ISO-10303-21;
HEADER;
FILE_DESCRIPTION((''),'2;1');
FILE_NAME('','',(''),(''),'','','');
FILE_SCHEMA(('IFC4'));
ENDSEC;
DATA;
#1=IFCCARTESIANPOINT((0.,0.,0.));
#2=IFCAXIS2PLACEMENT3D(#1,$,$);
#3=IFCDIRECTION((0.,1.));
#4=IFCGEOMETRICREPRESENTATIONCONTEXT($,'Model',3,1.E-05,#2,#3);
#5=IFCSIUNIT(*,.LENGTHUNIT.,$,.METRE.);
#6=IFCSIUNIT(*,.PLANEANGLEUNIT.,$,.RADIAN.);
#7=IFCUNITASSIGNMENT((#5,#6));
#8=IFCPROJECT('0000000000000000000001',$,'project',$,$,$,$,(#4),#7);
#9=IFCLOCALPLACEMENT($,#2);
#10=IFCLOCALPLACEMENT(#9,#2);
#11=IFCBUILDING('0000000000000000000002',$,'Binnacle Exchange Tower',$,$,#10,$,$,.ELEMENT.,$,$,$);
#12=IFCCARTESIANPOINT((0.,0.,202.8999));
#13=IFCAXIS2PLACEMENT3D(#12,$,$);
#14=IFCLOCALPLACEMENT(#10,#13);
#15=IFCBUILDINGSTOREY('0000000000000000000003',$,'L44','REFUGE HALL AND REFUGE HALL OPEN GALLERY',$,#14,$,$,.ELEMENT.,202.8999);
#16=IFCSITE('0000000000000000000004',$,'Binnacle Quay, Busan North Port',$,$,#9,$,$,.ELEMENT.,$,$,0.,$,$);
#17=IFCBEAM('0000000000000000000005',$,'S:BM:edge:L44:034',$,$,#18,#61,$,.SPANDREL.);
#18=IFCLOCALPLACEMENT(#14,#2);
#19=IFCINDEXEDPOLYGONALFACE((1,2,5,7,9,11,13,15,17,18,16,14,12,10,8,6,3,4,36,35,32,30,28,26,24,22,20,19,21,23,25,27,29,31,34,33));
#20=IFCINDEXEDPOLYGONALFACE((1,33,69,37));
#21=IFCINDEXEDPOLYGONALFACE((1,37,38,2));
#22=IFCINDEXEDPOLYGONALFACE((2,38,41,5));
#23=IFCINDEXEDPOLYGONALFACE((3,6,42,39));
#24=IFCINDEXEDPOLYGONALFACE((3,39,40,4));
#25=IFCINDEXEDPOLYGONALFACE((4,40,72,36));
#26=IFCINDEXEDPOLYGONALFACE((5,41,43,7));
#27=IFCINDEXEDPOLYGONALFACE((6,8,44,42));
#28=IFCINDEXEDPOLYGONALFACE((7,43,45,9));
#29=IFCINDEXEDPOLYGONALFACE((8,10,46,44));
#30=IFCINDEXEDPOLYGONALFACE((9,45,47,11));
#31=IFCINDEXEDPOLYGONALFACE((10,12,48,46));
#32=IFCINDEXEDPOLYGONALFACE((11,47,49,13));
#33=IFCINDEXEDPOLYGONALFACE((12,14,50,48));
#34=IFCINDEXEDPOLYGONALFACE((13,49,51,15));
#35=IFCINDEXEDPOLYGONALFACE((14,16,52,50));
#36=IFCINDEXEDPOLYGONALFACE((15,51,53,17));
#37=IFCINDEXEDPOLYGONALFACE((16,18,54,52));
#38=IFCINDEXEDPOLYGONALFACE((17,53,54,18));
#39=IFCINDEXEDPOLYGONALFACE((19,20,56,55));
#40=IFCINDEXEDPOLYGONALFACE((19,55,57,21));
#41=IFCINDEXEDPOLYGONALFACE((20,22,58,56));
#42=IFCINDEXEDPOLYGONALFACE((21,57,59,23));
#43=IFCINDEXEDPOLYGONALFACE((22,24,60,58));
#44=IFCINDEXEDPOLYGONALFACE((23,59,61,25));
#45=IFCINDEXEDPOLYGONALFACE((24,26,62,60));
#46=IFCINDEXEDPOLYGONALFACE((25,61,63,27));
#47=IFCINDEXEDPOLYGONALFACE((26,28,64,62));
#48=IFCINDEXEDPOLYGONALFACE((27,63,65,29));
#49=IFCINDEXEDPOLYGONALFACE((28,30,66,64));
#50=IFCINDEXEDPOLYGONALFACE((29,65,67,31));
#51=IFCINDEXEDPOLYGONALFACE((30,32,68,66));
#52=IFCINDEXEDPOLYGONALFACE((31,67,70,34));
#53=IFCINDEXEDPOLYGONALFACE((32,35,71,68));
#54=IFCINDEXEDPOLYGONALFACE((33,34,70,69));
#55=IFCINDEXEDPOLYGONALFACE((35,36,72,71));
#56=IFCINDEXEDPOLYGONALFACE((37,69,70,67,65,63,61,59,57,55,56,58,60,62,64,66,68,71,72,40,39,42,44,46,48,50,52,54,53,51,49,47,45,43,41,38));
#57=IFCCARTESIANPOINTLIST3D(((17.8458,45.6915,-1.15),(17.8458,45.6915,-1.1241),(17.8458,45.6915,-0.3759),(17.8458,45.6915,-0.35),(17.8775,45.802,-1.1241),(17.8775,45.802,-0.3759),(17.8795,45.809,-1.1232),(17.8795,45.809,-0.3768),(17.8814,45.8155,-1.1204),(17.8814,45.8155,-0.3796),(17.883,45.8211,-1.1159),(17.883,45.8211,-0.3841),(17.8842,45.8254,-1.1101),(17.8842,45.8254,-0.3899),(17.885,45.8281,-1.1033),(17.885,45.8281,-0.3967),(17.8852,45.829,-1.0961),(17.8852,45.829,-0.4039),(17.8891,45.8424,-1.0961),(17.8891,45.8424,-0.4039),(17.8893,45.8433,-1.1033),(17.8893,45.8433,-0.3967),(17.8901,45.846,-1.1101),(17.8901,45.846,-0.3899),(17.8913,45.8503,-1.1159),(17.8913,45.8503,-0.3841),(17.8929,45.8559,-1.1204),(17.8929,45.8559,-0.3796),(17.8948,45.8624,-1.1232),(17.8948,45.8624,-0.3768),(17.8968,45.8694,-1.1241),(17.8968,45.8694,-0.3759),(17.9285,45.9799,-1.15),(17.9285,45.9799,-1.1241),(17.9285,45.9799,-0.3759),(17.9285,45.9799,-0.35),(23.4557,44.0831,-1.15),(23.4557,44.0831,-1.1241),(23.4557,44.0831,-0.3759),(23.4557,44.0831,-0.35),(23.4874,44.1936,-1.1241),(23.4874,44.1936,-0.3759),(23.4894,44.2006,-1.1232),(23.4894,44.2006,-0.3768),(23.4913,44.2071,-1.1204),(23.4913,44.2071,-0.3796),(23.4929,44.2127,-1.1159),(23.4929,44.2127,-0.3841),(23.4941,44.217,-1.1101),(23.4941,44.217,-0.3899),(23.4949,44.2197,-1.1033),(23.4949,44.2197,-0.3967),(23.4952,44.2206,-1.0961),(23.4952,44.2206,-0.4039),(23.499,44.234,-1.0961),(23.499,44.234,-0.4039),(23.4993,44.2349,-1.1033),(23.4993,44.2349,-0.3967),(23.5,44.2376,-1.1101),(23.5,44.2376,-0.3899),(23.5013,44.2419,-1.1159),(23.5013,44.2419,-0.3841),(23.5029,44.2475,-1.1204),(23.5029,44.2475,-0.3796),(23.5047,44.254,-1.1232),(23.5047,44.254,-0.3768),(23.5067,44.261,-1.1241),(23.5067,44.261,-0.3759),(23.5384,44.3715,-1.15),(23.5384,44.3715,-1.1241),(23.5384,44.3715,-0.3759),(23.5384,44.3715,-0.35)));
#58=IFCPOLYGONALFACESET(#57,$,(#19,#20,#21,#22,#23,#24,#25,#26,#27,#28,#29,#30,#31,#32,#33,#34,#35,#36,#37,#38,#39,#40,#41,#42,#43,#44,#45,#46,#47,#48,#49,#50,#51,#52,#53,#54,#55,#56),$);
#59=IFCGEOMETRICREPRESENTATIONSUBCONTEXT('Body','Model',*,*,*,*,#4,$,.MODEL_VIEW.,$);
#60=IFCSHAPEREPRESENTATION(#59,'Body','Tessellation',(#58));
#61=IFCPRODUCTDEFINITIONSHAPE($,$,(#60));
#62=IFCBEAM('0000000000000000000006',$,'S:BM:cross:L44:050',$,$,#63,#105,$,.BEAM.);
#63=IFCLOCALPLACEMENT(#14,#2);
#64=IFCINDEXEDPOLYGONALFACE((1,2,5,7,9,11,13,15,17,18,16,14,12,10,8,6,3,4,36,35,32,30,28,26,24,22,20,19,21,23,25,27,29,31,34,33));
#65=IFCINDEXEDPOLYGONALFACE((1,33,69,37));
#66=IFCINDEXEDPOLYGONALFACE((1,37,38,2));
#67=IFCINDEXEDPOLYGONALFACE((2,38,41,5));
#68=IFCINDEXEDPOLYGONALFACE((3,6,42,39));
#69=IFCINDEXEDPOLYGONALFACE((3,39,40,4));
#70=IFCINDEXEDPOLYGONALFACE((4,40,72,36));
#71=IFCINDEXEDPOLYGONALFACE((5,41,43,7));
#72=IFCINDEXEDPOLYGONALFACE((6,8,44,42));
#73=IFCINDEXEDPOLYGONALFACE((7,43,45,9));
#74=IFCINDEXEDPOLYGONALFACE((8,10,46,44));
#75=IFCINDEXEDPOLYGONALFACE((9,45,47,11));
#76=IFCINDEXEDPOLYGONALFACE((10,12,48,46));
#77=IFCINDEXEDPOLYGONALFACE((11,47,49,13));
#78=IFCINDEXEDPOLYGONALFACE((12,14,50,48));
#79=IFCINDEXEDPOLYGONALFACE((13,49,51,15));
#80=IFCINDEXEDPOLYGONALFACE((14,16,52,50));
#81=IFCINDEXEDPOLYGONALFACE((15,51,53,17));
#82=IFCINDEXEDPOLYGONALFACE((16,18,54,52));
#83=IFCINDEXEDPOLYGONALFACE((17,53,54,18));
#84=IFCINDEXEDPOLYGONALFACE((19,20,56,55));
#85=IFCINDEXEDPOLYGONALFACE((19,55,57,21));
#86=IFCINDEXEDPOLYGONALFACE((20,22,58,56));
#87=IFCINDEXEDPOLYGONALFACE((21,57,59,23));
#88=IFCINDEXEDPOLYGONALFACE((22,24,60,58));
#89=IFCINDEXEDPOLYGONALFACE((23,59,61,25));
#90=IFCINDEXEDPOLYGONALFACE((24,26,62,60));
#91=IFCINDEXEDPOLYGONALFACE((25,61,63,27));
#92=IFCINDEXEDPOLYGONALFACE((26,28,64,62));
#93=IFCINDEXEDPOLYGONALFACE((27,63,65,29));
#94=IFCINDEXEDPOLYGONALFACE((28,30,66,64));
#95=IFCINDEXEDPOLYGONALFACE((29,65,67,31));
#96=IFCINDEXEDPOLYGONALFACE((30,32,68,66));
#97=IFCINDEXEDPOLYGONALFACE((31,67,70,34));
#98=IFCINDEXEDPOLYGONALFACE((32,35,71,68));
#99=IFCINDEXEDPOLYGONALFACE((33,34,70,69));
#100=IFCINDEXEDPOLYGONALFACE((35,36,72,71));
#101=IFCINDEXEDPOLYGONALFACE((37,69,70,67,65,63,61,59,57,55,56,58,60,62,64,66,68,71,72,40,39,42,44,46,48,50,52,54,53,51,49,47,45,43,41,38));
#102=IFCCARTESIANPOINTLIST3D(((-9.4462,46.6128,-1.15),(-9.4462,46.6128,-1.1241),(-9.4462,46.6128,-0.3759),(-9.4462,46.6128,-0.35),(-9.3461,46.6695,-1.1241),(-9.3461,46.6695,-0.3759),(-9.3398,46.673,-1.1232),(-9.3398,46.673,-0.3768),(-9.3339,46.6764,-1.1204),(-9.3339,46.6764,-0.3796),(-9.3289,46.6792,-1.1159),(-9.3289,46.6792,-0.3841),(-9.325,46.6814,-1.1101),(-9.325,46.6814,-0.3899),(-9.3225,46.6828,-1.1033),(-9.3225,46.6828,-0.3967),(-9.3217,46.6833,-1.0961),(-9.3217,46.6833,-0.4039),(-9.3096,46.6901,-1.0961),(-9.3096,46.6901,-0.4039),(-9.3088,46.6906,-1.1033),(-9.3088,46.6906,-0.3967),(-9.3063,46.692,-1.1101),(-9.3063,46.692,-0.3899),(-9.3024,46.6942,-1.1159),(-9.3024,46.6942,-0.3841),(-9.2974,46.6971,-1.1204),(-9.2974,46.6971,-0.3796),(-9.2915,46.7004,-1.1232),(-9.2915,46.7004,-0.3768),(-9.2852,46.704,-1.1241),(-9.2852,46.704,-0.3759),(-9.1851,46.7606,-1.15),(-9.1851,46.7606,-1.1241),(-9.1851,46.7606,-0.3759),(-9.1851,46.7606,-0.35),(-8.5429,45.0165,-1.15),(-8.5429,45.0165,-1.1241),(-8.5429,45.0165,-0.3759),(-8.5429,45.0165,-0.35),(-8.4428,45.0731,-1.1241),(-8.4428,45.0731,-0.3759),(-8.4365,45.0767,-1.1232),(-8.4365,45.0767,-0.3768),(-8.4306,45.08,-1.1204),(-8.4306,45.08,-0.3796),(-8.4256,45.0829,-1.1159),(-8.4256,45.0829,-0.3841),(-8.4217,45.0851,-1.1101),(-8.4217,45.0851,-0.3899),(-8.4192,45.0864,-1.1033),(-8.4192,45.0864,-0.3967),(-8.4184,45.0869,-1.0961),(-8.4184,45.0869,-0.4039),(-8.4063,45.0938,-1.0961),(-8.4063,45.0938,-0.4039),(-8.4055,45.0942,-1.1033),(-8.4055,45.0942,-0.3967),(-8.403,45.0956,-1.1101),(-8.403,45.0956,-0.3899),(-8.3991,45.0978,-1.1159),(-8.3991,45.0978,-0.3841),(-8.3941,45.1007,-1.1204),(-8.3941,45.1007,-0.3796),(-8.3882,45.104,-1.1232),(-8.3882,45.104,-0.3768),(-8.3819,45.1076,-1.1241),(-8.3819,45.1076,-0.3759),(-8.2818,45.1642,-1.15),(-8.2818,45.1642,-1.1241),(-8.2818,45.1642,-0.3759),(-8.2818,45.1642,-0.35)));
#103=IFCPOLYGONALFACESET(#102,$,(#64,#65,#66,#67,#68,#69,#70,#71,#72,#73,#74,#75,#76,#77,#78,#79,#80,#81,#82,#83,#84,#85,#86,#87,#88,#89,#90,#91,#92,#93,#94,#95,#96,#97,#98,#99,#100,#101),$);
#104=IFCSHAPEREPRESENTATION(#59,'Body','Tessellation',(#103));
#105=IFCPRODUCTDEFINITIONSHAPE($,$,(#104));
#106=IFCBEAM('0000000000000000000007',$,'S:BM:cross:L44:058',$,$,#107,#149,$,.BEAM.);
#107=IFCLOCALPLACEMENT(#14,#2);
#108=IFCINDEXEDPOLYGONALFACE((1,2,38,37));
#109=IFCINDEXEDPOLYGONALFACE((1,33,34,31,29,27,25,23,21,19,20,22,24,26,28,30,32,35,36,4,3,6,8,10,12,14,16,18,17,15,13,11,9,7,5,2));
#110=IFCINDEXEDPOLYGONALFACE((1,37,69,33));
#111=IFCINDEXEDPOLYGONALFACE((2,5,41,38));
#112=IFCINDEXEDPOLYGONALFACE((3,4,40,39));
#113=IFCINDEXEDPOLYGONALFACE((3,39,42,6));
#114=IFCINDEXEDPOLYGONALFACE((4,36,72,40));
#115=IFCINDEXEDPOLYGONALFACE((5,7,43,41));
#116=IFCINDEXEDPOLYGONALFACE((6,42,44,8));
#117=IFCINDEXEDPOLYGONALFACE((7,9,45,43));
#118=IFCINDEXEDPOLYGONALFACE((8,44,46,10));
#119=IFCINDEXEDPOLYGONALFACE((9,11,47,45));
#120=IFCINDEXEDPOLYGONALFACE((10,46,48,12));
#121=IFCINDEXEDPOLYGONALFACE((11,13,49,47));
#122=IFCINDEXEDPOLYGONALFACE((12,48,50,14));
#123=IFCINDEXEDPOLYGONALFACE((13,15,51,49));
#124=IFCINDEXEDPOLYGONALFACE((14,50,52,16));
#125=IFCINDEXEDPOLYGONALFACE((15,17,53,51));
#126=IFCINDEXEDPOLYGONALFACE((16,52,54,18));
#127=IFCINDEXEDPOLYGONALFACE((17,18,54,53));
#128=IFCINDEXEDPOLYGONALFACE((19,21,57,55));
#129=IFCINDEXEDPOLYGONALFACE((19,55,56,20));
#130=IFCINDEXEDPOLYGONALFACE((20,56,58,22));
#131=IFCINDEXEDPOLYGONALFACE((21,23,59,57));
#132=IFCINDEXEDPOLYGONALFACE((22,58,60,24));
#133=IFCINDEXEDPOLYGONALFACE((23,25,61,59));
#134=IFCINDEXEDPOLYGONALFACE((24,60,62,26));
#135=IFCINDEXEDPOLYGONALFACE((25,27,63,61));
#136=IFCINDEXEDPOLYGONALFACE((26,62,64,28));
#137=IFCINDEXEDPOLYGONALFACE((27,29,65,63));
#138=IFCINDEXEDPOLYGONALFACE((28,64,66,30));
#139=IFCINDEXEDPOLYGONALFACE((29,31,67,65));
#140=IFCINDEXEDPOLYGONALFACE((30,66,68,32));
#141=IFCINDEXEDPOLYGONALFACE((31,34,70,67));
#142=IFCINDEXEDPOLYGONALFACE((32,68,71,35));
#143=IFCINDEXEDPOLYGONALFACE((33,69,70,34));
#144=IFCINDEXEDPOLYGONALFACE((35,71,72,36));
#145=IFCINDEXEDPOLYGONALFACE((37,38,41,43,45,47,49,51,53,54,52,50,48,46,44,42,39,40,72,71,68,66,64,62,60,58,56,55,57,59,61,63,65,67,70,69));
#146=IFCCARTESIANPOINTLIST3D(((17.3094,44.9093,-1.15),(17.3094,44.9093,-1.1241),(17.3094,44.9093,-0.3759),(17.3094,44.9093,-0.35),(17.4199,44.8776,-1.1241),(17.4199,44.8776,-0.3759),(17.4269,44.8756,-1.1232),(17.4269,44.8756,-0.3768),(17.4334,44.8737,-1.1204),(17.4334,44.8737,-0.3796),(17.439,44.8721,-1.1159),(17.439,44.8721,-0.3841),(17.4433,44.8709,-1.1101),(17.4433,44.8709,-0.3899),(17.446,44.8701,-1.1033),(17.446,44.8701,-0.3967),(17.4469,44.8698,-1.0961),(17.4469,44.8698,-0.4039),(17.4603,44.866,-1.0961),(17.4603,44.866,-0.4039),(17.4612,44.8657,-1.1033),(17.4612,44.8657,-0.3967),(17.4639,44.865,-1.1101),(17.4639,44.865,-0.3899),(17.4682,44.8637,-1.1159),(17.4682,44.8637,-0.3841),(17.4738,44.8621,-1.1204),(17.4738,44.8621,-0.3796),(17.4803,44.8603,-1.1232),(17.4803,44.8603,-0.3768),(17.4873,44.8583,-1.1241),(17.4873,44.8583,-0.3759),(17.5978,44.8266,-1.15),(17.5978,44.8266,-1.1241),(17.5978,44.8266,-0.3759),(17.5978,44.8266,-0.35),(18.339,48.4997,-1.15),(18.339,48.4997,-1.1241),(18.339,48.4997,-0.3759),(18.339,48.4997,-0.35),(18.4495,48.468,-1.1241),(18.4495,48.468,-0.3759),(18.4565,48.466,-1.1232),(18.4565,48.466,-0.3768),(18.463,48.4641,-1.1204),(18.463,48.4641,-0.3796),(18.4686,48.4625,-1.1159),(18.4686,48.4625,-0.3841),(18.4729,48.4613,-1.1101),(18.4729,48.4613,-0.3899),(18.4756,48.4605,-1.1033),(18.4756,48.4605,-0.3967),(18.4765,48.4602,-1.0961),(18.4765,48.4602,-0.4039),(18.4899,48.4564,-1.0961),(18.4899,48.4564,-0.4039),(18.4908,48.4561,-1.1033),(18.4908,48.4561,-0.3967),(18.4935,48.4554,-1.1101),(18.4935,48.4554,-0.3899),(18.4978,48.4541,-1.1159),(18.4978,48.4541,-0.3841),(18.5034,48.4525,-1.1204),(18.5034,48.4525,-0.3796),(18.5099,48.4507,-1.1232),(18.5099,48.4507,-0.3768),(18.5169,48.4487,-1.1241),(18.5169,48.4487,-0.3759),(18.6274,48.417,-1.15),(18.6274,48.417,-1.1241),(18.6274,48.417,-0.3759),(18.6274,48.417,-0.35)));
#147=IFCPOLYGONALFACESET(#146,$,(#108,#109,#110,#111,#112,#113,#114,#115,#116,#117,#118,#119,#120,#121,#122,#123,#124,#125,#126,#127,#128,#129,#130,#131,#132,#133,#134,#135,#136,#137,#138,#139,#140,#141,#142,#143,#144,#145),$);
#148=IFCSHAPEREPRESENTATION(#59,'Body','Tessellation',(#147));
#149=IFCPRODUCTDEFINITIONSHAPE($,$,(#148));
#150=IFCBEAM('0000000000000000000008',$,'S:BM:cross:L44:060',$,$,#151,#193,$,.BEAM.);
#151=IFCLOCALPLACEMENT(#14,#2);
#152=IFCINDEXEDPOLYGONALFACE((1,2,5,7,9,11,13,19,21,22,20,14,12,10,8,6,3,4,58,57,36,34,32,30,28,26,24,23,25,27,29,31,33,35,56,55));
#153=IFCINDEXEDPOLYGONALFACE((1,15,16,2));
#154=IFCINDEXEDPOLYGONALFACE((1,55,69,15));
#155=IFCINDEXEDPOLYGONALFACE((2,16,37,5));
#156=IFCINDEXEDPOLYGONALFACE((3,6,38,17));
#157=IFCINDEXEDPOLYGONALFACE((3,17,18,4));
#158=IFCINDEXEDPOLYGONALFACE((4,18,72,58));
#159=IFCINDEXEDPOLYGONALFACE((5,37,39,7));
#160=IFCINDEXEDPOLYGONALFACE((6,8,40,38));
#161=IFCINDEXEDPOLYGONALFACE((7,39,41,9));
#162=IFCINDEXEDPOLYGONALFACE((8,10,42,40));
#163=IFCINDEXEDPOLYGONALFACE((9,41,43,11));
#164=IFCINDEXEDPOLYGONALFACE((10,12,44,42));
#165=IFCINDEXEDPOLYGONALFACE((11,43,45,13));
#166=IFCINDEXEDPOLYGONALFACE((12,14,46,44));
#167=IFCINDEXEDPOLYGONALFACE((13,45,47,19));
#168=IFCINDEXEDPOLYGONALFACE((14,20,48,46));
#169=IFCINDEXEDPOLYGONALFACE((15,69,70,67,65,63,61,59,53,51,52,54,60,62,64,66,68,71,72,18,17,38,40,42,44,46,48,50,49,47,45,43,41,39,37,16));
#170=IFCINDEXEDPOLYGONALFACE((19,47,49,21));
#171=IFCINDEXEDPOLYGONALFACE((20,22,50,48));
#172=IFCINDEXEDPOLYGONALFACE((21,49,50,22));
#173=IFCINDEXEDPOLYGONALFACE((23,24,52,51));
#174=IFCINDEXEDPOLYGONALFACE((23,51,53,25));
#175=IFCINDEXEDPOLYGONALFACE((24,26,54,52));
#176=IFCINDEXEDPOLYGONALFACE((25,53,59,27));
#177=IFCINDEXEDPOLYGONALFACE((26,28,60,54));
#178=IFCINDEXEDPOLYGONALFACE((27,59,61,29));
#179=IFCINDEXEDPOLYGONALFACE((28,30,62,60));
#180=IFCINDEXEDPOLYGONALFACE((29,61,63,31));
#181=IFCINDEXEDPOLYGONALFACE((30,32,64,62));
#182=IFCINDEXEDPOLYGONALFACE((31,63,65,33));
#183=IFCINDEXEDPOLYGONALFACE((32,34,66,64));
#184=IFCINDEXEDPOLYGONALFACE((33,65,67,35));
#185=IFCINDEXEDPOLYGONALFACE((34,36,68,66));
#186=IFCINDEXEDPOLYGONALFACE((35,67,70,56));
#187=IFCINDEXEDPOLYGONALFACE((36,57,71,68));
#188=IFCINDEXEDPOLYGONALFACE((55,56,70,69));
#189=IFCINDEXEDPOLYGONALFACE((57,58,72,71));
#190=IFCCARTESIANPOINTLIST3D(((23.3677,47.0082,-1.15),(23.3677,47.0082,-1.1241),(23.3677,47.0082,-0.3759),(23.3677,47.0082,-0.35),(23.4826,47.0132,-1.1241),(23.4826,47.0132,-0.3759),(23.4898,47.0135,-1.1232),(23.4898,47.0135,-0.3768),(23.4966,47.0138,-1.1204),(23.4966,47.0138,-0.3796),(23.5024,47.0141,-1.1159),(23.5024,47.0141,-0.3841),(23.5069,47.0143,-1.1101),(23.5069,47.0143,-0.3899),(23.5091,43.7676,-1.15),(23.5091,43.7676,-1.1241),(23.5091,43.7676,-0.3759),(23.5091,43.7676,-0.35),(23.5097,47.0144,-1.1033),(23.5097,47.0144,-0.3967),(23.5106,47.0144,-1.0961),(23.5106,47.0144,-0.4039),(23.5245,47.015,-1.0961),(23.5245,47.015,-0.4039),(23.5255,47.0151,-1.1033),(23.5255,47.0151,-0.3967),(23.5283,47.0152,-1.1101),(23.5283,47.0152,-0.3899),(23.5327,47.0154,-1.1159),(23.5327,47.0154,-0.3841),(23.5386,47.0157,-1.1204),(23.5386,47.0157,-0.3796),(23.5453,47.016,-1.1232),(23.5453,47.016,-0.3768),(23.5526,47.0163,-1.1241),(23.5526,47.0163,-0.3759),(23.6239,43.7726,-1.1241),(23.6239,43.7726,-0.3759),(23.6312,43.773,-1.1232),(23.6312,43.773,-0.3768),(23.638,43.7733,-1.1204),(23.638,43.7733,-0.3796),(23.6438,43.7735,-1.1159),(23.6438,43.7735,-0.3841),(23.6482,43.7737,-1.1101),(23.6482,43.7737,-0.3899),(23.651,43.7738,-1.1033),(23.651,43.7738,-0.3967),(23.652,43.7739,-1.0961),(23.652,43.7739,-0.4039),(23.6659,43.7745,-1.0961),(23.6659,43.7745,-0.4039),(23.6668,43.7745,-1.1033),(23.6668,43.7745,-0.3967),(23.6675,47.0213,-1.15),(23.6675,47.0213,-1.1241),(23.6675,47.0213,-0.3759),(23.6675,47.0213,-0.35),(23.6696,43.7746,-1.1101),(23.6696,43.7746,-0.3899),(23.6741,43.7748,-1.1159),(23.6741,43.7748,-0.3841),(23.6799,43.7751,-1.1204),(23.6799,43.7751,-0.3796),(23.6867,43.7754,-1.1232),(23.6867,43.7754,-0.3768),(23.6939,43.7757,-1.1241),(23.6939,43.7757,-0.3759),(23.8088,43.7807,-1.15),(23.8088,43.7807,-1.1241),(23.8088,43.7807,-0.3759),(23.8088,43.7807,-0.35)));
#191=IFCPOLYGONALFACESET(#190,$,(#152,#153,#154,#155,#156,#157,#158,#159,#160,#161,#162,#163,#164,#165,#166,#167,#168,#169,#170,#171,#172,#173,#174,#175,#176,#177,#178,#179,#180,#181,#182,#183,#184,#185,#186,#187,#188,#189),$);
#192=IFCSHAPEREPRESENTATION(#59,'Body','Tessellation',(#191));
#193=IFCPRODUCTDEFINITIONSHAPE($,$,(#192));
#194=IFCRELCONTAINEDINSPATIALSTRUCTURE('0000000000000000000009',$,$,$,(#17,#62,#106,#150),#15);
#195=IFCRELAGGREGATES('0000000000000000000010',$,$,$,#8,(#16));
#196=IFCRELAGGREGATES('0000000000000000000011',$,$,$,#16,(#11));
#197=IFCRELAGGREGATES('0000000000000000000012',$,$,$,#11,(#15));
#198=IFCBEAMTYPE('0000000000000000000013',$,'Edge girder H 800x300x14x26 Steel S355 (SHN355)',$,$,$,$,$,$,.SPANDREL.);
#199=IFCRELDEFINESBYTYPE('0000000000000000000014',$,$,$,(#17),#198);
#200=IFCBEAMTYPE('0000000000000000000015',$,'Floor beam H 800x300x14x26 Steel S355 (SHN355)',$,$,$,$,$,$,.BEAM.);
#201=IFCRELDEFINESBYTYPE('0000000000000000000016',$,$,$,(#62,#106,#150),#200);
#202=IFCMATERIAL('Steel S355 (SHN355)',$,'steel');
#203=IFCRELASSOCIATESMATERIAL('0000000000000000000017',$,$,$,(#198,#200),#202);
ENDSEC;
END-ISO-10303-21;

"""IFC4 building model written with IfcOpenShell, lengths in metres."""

from ifc_helpers import new_model, si_unit, direction, frame, origin, origin_2d, place, context, subcontext, project, spatial, i_section, extrude, material, material_profile, profile_set, type_object, element, save


model = new_model("IFC4")

# Units and contexts
model_context = context("Model", 3, precision=1e-05, world=origin(), true_north=direction((0.0, 1.0)))
body_context = subcontext(model_context, "Body", "Model", "MODEL_VIEW")
ifc_project = project(units=[si_unit("LENGTHUNIT", "METRE"), si_unit("PLANEANGLEUNIT", "RADIAN")], contexts=[model_context])

# Site, building, storey
site_placement = place(None, origin())
site = spatial("IfcSite", under=ifc_project, at=site_placement, Name="Binnacle Quay, Busan North Port", CompositionType="ELEMENT", RefElevation=0.0)
building_placement = place(site_placement, origin())
building = spatial("IfcBuilding", under=site, at=building_placement, Name="Binnacle Exchange Tower", CompositionType="ELEMENT")
storey_placement = place(building_placement, frame((0.0, 0.0, 202.8999)))
storey = spatial("IfcBuildingStorey", under=building, at=storey_placement, Name="L44", Description="REFUGE HALL AND REFUGE HALL OPEN GALLERY", CompositionType="ELEMENT", Elevation=202.8999)

# Beams
ifc_material_1 = material(Name="Steel S355 (SHN355)", Category="steel")
ifc_material_profile_1 = material_profile(ifc_material_1, i_section(OverallWidth=0.3, OverallDepth=0.8, WebThickness=0.0139, FlangeThickness=0.0259, FilletRadius=0.0281, at=origin_2d()), Name="H 800x300x14x26")
ifc_profile_set_1 = profile_set([ifc_material_profile_1], Name="Steel S355 (SHN355)")
beam_type_1 = type_object("IfcBeamType", Name="Edge girder H 800x300x14x26 Steel S355 (SHN355)", PredefinedType="SPANDREL", material=ifc_profile_set_1)
beam_1_placement = place(storey_placement, frame((23.4971, 44.2273, -0.75), z_axis=(-0.961271, 0.275605, 0.0), x_axis=(-0.275605, -0.961271, 0.0)))
element("IfcBeam", 1, at=beam_1_placement, inside=storey, type_object=beam_type_1, Name="S:BM:edge:L44:034", PredefinedType="SPANDREL", context=body_context, shape_type="SweptSolid", body=[
    extrude(i_section(OverallWidth=0.3, OverallDepth=0.8, WebThickness=0.0139, FlangeThickness=0.0259, FilletRadius=0.0281, at=origin_2d()), origin(), (0.0, 0.0, 1.0), 5.8359),
])
ifc_material_profile_2 = material_profile(ifc_material_1, i_section(OverallWidth=0.3, OverallDepth=0.8, WebThickness=0.0139, FlangeThickness=0.0259, FilletRadius=0.0281, at=origin_2d()), Name="H 800x300x14x26")
ifc_profile_set_2 = profile_set([ifc_material_profile_2], Name="Steel S355 (SHN355)")
beam_type_2 = type_object("IfcBeamType", Name="Floor beam H 800x300x14x26 Steel S355 (SHN355)", PredefinedType="BEAM", material=ifc_profile_set_2)
beam_2_placement = place(storey_placement, frame((-8.4124, 45.0903, -0.75), z_axis=(-0.492465, 0.870332, 0.0), x_axis=(-0.870332, -0.492465, 0.0)))
element("IfcBeam", 2, at=beam_2_placement, inside=storey, type_object=beam_type_2, Name="S:BM:cross:L44:050", PredefinedType="BEAM", context=body_context, shape_type="SweptSolid", body=[
    extrude(i_section(OverallWidth=0.3, OverallDepth=0.8, WebThickness=0.0139, FlangeThickness=0.0259, FilletRadius=0.0281, at=origin_2d()), origin(), (0.0, 0.0, 1.0), 1.8342),
])
beam_3_placement = place(storey_placement, frame((17.4536, 44.8679, -0.75), z_axis=(0.275645, 0.96126, 0.0), x_axis=(-0.96126, 0.275645, 0.0)))
element("IfcBeam", 3, at=beam_3_placement, inside=storey, type_object=beam_type_2, Name="S:BM:cross:L44:058", PredefinedType="BEAM", context=body_context, shape_type="SweptSolid", body=[
    extrude(i_section(OverallWidth=0.3, OverallDepth=0.8, WebThickness=0.0139, FlangeThickness=0.0259, FilletRadius=0.0281, at=origin_2d()), origin(), (0.0, 0.0, 1.0), 3.7351),
])
beam_4_placement = place(storey_placement, frame((23.6589, 43.7742, -0.75), z_axis=(-0.043581, 0.99905, 0.0), x_axis=(-0.99905, -0.043581, 0.0)))
element("IfcBeam", 4, at=beam_4_placement, inside=storey, type_object=beam_type_2, Name="S:BM:cross:L44:060", PredefinedType="BEAM", context=body_context, shape_type="SweptSolid", body=[
    extrude(i_section(OverallWidth=0.3, OverallDepth=0.8, WebThickness=0.0139, FlangeThickness=0.0259, FilletRadius=0.0281, at=origin_2d()), origin(), (0.0, 0.0, 1.0), 3.2437),
])

save(model, "model.ifc")
